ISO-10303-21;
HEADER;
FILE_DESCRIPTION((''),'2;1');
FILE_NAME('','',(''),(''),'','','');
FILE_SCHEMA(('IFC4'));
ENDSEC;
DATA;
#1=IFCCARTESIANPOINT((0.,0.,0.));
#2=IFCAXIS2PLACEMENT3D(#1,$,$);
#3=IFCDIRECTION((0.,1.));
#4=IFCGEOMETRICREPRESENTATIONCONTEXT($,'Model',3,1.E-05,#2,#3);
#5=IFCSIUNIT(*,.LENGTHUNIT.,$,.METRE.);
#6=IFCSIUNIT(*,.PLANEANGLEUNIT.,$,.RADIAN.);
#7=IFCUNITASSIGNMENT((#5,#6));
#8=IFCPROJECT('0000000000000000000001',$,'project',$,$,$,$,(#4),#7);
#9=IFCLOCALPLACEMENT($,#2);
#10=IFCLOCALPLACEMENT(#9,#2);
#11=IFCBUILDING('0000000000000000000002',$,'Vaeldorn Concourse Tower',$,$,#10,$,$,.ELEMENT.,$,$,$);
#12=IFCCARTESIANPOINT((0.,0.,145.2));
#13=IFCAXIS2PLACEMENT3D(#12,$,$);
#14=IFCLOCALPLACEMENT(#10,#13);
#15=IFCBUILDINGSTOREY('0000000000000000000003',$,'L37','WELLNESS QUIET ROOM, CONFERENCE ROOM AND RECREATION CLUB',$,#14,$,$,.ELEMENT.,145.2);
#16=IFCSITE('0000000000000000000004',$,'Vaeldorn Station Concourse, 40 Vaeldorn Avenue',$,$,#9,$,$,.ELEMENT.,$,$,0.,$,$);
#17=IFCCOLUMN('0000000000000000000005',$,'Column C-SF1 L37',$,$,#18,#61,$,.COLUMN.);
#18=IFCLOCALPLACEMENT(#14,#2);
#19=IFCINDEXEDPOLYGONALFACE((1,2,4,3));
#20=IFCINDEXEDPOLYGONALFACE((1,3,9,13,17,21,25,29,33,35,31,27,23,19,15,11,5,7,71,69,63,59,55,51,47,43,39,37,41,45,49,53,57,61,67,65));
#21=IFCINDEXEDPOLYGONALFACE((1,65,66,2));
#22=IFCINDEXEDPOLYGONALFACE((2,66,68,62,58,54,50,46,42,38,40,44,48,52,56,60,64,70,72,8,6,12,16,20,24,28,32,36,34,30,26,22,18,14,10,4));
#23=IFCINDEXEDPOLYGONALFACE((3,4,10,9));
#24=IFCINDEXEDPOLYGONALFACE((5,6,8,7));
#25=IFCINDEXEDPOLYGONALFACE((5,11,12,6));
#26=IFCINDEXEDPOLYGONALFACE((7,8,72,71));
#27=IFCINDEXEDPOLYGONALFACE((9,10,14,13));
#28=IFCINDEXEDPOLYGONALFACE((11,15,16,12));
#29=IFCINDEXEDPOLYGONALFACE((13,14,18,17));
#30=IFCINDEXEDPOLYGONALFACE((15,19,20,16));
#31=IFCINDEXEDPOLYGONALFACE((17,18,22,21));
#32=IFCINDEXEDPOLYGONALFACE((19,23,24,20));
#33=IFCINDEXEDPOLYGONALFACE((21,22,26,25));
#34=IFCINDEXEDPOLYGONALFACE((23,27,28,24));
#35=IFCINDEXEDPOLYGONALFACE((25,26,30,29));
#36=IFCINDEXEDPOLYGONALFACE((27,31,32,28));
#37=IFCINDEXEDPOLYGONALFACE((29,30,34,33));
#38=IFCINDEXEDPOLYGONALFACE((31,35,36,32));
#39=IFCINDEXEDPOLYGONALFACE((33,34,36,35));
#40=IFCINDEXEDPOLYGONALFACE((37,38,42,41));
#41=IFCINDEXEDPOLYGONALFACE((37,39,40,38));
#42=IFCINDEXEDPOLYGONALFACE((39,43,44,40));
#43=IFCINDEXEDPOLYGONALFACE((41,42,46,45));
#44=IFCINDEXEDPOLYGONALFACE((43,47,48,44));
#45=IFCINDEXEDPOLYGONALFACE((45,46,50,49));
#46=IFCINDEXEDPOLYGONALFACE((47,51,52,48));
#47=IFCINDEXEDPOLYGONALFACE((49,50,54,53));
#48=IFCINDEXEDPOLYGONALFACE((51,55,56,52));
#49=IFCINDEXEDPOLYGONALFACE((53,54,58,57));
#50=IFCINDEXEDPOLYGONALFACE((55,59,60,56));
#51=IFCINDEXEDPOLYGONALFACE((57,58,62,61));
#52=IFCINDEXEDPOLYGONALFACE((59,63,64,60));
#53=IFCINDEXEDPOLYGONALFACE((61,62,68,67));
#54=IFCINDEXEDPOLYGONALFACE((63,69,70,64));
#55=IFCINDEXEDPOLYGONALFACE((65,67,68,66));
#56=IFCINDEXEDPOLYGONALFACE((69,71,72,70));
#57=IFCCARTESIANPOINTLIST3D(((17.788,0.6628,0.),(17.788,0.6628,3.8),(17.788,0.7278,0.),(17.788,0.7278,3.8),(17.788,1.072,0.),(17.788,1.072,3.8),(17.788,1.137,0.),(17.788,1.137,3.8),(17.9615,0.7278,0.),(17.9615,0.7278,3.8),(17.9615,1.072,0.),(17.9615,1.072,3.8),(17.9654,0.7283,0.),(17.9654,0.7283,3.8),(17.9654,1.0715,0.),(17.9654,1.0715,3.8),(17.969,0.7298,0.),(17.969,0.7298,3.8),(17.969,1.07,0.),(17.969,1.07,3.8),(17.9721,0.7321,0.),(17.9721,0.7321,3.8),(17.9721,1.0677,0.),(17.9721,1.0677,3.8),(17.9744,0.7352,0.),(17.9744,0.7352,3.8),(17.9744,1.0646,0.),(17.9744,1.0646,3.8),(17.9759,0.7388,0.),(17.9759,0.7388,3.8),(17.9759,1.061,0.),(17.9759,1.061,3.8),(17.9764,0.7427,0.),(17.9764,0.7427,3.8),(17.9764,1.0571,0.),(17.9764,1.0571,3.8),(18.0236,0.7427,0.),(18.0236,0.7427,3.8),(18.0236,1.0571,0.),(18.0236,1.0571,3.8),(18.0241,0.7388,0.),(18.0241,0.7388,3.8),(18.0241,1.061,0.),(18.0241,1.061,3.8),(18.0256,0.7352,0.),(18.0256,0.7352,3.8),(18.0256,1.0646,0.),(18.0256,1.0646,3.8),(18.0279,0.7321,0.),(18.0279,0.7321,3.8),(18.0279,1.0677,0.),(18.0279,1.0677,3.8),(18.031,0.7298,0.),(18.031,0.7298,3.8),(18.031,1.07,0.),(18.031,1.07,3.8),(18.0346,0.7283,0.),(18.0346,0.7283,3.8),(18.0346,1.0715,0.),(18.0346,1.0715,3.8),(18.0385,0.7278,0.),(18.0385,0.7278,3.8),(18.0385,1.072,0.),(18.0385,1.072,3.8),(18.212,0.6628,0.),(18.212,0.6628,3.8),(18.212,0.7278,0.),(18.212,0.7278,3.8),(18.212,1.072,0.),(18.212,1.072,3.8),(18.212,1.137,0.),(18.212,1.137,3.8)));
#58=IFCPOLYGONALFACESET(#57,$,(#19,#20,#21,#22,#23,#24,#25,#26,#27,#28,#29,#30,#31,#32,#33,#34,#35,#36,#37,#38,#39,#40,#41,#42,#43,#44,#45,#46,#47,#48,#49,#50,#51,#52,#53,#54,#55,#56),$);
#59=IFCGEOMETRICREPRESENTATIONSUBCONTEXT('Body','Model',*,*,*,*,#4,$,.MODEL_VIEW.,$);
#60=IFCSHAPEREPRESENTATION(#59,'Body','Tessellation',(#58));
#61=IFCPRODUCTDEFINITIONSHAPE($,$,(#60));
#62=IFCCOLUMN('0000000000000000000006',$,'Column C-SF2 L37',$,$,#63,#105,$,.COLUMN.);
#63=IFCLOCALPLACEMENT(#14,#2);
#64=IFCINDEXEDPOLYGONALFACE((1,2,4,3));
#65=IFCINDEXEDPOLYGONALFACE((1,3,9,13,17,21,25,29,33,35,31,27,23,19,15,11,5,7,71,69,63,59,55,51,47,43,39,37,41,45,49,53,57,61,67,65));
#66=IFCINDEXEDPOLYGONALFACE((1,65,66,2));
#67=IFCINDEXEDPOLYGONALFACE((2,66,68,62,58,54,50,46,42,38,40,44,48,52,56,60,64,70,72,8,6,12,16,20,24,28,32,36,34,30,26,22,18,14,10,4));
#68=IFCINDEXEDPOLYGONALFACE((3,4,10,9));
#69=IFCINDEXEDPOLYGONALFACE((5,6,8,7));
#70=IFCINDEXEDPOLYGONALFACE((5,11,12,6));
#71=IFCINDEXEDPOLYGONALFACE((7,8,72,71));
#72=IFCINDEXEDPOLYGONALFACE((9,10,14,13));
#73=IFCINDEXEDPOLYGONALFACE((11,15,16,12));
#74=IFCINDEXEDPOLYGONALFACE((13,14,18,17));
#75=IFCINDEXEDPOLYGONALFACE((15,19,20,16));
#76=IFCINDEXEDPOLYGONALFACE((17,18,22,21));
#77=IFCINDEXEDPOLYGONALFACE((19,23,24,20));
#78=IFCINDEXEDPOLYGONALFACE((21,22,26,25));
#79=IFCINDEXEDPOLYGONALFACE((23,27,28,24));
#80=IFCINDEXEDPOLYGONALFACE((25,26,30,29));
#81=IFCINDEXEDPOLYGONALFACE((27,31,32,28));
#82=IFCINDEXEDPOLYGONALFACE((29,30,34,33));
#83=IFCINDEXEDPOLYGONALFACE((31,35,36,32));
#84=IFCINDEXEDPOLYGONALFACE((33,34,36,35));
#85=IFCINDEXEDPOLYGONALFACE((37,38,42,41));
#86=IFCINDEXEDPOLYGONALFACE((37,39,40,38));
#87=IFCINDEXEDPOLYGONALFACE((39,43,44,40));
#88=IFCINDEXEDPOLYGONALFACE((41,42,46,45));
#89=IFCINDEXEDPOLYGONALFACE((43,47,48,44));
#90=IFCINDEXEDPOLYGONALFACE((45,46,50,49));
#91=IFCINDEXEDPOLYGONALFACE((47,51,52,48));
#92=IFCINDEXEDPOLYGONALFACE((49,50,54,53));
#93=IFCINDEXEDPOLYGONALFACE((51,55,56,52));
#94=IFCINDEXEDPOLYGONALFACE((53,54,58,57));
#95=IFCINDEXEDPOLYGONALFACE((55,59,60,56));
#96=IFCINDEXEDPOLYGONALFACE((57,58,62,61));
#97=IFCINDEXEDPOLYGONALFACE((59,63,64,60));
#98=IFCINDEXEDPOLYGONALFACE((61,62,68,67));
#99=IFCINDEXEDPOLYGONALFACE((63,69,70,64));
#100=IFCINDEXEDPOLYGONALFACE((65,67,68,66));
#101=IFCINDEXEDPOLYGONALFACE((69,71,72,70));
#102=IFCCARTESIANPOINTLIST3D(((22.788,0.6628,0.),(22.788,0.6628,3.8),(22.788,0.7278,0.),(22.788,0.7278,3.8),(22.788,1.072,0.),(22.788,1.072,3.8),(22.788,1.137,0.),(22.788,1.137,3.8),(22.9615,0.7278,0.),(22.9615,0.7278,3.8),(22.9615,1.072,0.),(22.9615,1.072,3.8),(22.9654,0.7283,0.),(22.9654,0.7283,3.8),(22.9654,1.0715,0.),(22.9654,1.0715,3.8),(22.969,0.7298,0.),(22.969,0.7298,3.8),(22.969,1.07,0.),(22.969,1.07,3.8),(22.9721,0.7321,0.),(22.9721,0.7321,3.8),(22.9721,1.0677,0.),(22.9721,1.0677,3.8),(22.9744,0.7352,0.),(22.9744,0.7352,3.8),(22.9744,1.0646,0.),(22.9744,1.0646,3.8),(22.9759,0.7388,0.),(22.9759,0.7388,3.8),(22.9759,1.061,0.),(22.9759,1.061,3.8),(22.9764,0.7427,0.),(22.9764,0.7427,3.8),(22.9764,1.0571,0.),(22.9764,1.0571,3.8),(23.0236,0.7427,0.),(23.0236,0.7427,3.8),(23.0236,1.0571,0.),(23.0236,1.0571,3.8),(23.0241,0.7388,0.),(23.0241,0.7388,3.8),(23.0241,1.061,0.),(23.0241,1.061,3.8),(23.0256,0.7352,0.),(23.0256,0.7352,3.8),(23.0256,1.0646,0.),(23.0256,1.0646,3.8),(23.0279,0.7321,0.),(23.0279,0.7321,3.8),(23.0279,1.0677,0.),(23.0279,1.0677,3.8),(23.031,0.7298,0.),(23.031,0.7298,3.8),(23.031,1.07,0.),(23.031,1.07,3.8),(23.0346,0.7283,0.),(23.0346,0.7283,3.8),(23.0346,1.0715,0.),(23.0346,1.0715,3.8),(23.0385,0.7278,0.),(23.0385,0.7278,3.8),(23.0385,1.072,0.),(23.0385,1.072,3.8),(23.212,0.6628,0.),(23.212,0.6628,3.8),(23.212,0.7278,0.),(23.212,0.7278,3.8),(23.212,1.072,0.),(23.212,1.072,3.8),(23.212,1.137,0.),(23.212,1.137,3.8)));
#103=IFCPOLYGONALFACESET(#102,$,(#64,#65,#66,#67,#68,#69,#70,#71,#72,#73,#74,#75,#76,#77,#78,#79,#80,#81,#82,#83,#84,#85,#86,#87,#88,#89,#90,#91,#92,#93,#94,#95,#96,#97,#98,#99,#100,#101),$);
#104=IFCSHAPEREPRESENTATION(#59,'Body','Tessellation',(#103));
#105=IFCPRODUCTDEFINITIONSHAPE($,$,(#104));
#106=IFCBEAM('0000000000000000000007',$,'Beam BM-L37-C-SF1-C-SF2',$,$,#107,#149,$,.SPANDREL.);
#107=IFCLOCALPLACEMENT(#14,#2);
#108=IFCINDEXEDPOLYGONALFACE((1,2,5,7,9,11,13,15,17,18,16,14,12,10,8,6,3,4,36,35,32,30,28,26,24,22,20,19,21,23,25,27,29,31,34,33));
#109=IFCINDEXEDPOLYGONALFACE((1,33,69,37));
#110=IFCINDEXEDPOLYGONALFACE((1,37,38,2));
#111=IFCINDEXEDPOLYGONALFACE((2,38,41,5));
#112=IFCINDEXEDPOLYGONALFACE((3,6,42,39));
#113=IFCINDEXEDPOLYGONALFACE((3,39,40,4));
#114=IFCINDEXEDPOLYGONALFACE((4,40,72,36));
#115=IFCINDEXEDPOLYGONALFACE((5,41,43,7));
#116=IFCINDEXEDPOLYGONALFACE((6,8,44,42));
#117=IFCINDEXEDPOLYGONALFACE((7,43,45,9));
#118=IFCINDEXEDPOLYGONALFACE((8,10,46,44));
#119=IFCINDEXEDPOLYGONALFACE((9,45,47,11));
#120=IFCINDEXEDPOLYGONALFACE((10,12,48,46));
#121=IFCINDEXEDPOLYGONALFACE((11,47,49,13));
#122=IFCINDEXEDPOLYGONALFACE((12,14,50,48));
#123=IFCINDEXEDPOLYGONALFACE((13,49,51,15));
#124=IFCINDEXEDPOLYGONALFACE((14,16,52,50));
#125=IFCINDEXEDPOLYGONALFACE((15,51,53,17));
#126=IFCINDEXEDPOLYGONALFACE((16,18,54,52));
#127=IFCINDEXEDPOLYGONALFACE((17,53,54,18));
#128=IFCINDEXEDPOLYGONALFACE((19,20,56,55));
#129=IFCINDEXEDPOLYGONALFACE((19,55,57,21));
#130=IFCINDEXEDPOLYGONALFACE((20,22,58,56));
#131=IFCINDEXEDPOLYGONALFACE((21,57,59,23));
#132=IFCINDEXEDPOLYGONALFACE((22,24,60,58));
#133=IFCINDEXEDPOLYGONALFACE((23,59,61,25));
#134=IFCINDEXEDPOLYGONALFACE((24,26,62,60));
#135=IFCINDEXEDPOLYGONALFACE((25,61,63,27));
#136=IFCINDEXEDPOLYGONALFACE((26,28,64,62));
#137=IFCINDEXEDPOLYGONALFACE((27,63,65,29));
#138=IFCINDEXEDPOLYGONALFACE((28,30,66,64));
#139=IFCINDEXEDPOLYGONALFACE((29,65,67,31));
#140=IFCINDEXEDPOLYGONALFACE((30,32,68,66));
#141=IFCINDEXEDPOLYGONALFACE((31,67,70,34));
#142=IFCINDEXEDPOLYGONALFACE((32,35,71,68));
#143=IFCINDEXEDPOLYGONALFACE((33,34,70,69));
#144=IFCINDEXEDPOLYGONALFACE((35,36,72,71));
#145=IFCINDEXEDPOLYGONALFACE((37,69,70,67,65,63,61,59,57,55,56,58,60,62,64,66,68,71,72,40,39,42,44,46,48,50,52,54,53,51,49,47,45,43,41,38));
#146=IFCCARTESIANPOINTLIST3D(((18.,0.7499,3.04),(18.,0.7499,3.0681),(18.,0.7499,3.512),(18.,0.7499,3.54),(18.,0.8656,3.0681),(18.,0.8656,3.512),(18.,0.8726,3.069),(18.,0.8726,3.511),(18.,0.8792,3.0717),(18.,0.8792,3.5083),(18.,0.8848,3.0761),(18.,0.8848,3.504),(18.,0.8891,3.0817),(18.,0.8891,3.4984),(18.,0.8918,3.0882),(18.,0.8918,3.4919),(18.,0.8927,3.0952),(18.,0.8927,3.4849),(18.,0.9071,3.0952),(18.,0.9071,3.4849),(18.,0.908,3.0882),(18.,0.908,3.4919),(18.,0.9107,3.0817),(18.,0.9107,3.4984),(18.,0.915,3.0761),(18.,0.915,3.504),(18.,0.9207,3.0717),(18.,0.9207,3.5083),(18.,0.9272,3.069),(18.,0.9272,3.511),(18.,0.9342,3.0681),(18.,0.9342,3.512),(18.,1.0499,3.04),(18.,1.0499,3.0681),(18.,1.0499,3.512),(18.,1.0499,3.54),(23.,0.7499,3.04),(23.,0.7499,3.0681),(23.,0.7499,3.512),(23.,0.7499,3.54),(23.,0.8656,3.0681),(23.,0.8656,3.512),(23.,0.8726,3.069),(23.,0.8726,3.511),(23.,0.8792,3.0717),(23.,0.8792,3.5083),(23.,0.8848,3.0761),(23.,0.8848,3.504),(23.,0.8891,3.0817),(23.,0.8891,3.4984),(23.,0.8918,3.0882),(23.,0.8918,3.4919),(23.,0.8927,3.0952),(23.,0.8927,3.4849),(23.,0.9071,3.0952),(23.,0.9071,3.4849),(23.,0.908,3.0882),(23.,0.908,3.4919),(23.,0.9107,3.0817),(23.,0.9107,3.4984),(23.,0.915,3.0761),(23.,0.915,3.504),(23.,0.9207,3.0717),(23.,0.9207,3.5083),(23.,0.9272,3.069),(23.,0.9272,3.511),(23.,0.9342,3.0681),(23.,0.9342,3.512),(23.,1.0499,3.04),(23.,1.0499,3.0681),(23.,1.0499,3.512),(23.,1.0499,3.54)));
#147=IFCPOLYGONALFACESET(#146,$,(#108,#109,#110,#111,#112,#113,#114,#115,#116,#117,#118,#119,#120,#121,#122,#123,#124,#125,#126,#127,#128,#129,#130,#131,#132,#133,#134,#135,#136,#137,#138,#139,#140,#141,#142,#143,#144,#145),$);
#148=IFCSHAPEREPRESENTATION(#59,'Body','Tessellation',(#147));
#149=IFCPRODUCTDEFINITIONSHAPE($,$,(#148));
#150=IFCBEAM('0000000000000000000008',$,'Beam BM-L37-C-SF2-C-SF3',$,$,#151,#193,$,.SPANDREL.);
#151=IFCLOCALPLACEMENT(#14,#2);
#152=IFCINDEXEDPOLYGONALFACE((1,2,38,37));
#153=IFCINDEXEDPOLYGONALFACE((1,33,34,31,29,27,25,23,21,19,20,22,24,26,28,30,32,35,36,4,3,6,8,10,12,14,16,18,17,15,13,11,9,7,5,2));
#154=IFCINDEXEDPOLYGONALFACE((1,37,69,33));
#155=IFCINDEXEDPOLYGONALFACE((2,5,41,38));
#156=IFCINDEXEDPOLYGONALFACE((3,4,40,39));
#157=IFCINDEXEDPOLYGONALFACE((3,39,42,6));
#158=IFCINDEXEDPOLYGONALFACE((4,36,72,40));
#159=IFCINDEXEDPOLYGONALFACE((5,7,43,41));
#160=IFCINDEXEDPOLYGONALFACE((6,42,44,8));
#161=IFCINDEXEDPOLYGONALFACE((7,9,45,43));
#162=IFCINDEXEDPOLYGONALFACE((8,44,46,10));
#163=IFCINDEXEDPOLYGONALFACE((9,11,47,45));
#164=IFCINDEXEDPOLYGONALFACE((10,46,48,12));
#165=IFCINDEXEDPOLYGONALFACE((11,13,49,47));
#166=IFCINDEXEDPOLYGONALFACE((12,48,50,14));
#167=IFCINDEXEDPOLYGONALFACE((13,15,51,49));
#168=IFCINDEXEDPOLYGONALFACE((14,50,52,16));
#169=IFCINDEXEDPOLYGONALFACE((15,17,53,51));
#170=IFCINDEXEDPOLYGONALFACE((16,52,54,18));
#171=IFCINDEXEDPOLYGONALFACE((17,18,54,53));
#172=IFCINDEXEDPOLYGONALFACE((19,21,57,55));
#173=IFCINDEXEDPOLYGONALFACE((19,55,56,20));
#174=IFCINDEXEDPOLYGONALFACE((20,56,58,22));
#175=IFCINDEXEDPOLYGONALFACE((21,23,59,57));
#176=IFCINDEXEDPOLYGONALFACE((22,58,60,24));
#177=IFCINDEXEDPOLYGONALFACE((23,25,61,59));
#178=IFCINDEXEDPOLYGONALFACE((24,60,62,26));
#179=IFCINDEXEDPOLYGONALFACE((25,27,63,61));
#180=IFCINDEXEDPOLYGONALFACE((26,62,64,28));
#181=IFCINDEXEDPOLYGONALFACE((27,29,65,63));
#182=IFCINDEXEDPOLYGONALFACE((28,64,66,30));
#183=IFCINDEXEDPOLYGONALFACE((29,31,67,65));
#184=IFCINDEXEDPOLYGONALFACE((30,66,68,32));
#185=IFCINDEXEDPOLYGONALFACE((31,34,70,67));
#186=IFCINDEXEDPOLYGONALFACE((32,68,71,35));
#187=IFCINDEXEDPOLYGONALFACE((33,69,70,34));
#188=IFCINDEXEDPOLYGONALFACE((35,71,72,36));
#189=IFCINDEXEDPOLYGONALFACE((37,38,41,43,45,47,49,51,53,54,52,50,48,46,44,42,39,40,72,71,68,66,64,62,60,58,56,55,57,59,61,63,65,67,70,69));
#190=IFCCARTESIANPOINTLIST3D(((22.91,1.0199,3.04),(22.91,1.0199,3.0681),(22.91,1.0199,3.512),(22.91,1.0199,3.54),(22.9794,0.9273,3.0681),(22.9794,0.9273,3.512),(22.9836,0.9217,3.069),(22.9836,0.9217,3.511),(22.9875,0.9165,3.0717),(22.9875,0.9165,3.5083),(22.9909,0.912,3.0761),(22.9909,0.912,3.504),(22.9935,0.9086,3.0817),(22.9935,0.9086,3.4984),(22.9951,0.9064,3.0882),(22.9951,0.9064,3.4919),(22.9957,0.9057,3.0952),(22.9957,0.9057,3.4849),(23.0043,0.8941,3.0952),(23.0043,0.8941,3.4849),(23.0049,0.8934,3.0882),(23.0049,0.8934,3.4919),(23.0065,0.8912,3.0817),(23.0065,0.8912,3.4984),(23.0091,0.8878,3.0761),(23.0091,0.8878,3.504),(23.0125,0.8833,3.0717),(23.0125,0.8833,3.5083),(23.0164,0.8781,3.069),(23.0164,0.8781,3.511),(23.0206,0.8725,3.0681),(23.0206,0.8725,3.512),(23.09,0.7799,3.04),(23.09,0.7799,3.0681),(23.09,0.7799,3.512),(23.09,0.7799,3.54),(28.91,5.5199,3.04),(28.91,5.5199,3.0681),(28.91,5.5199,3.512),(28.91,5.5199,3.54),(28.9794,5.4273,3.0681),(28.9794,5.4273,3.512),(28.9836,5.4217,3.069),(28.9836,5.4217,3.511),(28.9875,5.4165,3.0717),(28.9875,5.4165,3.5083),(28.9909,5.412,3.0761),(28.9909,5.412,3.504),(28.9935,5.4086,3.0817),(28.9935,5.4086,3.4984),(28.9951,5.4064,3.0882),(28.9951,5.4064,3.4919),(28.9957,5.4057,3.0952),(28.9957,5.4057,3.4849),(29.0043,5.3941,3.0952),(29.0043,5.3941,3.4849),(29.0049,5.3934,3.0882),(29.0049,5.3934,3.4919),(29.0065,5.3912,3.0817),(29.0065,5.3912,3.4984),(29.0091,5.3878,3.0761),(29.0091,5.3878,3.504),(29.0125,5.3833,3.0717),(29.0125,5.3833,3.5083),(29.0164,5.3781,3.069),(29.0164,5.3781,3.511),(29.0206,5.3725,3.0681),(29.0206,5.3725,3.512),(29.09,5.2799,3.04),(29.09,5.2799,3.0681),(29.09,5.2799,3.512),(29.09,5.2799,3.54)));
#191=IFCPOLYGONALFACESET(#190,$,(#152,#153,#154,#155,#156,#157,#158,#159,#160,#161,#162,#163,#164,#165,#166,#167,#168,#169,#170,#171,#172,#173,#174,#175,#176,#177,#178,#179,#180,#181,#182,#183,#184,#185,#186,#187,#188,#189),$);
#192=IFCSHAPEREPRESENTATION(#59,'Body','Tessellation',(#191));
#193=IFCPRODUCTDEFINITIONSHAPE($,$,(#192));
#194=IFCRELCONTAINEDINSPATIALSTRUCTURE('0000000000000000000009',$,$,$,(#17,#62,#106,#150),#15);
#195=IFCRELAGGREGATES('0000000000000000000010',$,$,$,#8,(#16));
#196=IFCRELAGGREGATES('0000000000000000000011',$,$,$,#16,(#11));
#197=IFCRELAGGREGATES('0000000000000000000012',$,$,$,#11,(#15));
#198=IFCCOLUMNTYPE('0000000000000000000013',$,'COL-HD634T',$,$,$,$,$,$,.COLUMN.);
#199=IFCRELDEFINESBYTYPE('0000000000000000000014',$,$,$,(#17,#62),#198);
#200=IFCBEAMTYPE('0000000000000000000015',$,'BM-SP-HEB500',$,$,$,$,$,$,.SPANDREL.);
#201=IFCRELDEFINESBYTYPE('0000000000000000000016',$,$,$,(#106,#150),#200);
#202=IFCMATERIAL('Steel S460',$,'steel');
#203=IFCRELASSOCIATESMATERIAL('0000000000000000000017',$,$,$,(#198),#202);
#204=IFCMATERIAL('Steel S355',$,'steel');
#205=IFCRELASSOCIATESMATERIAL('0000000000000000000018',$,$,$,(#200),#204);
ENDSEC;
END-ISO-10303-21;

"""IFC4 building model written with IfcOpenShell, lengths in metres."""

from ifc_helpers import new_model, si_unit, direction, frame, origin, origin_2d, place, context, subcontext, project, spatial, i_section, extrude, source, transform, mapped, material, material_profile, profile_set, type_object, element, save


model = new_model("IFC4")

# Units and contexts
model_context = context("Model", 3, precision=1e-05, world=origin(), true_north=direction((0.0, 1.0)))
body_context = subcontext(model_context, "Body", "Model", "MODEL_VIEW")
ifc_project = project(units=[si_unit("LENGTHUNIT", "METRE"), si_unit("PLANEANGLEUNIT", "RADIAN")], contexts=[model_context])

# Site, building, storey
site_placement = place(None, origin())
site = spatial("IfcSite", under=ifc_project, at=site_placement, Name="Vaeldorn Station Concourse, 40 Vaeldorn Avenue", CompositionType="ELEMENT", RefElevation=0.0)
building_placement = place(site_placement, origin())
building = spatial("IfcBuilding", under=site, at=building_placement, Name="Vaeldorn Concourse Tower", CompositionType="ELEMENT")
storey_placement = place(building_placement, frame((0.0, 0.0, 145.2)))
storey = spatial("IfcBuildingStorey", under=building, at=storey_placement, Name="L37", Description="WELLNESS QUIET ROOM, CONFERENCE ROOM AND RECREATION CLUB", CompositionType="ELEMENT", Elevation=145.2)

# Columns
ifc_material_1 = material(Name="Steel S460", Category="steel")
ifc_material_profile_1 = material_profile(ifc_material_1, i_section(OverallWidth=0.4241, OverallDepth=0.4741, WebThickness=0.0471, FlangeThickness=0.0649, FilletRadius=0.0149, at=origin_2d()), Name="HD 400x634")
ifc_profile_set_1 = profile_set([ifc_material_profile_1], Name="Steel S460")
column_type = type_object("IfcColumnType", Name="COL-HD634T", PredefinedType="COLUMN", material=ifc_profile_set_1)
shared_shape_1 = source(origin(), body_context, "Body", "SweptSolid", [
    extrude(i_section(OverallWidth=0.4241, OverallDepth=0.4741, WebThickness=0.0471, FlangeThickness=0.0649, FilletRadius=0.0149, at=origin_2d()), origin(), (0.0, 0.0, 1.0), 3.8),
])
for number, where, z_axis, x_axis, name in (
    (1, (18.0, 0.8999, 0.0), (0.0, 0.0, 1.0), (1.0, 0.0, 0.0), "Column C-SF1 L37"),
    (2, (23.0, 0.8999, 0.0), (0.0, 0.0, 1.0), (1.0, 0.0, 0.0), "Column C-SF2 L37"),
):
    element("IfcColumn", number, at=place(storey_placement, frame(where, z_axis=z_axis, x_axis=x_axis)), inside=storey, type_object=column_type, Name=name, PredefinedType="COLUMN", context=body_context, shape_type="MappedRepresentation", body=[
        mapped(shared_shape_1, transform((0.0, 0.0, 0.0), scale=1.0)),
    ])

# Beams
ifc_material_2 = material(Name="Steel S355", Category="steel")
ifc_material_profile_2 = material_profile(ifc_material_2, i_section(OverallWidth=0.3, OverallDepth=0.5, WebThickness=0.0144, FlangeThickness=0.0281, FilletRadius=0.0271, at=origin_2d()), Name="HEB 500")
ifc_profile_set_2 = profile_set([ifc_material_profile_2], Name="Steel S355")
beam_type_1 = type_object("IfcBeamType", Name="BM-SP-HEB500", PredefinedType="SPANDREL", material=ifc_profile_set_2)
shared_shape_2 = source(origin(), body_context, "Body", "SweptSolid", [
    extrude(i_section(OverallWidth=0.3, OverallDepth=0.5, WebThickness=0.0144, FlangeThickness=0.0281, FilletRadius=0.0271, at=origin_2d()), origin(), (0.0, 0.0, 1.0), 5.0),
])
beam_1_placement = place(storey_placement, frame((18.0, 0.8999, 3.29), z_axis=(1.0, 0.0, 0.0), x_axis=(0.0, 1.0, 0.0)))
element("IfcBeam", 3, at=beam_1_placement, inside=storey, type_object=beam_type_1, Name="Beam BM-L37-C-SF1-C-SF2", PredefinedType="SPANDREL", context=body_context, shape_type="MappedRepresentation", body=[
    mapped(shared_shape_2, transform((0.0, 0.0, 0.0), scale=1.0)),
])
shared_shape_3 = source(origin(), body_context, "Body", "SweptSolid", [
    extrude(i_section(OverallWidth=0.3, OverallDepth=0.5, WebThickness=0.0144, FlangeThickness=0.0281, FilletRadius=0.0271, at=origin_2d()), origin(), (0.0, 0.0, 1.0), 7.5),
])
beam_2_placement = place(storey_placement, frame((23.0, 0.8999, 3.29), z_axis=(0.8, 0.6, 0.0), x_axis=(-0.6, 0.8, 0.0)))
element("IfcBeam", 4, at=beam_2_placement, inside=storey, type_object=beam_type_1, Name="Beam BM-L37-C-SF2-C-SF3", PredefinedType="SPANDREL", context=body_context, shape_type="MappedRepresentation", body=[
    mapped(shared_shape_3, transform((0.0, 0.0, 0.0), scale=1.0)),
])

save(model, "model.ifc")
